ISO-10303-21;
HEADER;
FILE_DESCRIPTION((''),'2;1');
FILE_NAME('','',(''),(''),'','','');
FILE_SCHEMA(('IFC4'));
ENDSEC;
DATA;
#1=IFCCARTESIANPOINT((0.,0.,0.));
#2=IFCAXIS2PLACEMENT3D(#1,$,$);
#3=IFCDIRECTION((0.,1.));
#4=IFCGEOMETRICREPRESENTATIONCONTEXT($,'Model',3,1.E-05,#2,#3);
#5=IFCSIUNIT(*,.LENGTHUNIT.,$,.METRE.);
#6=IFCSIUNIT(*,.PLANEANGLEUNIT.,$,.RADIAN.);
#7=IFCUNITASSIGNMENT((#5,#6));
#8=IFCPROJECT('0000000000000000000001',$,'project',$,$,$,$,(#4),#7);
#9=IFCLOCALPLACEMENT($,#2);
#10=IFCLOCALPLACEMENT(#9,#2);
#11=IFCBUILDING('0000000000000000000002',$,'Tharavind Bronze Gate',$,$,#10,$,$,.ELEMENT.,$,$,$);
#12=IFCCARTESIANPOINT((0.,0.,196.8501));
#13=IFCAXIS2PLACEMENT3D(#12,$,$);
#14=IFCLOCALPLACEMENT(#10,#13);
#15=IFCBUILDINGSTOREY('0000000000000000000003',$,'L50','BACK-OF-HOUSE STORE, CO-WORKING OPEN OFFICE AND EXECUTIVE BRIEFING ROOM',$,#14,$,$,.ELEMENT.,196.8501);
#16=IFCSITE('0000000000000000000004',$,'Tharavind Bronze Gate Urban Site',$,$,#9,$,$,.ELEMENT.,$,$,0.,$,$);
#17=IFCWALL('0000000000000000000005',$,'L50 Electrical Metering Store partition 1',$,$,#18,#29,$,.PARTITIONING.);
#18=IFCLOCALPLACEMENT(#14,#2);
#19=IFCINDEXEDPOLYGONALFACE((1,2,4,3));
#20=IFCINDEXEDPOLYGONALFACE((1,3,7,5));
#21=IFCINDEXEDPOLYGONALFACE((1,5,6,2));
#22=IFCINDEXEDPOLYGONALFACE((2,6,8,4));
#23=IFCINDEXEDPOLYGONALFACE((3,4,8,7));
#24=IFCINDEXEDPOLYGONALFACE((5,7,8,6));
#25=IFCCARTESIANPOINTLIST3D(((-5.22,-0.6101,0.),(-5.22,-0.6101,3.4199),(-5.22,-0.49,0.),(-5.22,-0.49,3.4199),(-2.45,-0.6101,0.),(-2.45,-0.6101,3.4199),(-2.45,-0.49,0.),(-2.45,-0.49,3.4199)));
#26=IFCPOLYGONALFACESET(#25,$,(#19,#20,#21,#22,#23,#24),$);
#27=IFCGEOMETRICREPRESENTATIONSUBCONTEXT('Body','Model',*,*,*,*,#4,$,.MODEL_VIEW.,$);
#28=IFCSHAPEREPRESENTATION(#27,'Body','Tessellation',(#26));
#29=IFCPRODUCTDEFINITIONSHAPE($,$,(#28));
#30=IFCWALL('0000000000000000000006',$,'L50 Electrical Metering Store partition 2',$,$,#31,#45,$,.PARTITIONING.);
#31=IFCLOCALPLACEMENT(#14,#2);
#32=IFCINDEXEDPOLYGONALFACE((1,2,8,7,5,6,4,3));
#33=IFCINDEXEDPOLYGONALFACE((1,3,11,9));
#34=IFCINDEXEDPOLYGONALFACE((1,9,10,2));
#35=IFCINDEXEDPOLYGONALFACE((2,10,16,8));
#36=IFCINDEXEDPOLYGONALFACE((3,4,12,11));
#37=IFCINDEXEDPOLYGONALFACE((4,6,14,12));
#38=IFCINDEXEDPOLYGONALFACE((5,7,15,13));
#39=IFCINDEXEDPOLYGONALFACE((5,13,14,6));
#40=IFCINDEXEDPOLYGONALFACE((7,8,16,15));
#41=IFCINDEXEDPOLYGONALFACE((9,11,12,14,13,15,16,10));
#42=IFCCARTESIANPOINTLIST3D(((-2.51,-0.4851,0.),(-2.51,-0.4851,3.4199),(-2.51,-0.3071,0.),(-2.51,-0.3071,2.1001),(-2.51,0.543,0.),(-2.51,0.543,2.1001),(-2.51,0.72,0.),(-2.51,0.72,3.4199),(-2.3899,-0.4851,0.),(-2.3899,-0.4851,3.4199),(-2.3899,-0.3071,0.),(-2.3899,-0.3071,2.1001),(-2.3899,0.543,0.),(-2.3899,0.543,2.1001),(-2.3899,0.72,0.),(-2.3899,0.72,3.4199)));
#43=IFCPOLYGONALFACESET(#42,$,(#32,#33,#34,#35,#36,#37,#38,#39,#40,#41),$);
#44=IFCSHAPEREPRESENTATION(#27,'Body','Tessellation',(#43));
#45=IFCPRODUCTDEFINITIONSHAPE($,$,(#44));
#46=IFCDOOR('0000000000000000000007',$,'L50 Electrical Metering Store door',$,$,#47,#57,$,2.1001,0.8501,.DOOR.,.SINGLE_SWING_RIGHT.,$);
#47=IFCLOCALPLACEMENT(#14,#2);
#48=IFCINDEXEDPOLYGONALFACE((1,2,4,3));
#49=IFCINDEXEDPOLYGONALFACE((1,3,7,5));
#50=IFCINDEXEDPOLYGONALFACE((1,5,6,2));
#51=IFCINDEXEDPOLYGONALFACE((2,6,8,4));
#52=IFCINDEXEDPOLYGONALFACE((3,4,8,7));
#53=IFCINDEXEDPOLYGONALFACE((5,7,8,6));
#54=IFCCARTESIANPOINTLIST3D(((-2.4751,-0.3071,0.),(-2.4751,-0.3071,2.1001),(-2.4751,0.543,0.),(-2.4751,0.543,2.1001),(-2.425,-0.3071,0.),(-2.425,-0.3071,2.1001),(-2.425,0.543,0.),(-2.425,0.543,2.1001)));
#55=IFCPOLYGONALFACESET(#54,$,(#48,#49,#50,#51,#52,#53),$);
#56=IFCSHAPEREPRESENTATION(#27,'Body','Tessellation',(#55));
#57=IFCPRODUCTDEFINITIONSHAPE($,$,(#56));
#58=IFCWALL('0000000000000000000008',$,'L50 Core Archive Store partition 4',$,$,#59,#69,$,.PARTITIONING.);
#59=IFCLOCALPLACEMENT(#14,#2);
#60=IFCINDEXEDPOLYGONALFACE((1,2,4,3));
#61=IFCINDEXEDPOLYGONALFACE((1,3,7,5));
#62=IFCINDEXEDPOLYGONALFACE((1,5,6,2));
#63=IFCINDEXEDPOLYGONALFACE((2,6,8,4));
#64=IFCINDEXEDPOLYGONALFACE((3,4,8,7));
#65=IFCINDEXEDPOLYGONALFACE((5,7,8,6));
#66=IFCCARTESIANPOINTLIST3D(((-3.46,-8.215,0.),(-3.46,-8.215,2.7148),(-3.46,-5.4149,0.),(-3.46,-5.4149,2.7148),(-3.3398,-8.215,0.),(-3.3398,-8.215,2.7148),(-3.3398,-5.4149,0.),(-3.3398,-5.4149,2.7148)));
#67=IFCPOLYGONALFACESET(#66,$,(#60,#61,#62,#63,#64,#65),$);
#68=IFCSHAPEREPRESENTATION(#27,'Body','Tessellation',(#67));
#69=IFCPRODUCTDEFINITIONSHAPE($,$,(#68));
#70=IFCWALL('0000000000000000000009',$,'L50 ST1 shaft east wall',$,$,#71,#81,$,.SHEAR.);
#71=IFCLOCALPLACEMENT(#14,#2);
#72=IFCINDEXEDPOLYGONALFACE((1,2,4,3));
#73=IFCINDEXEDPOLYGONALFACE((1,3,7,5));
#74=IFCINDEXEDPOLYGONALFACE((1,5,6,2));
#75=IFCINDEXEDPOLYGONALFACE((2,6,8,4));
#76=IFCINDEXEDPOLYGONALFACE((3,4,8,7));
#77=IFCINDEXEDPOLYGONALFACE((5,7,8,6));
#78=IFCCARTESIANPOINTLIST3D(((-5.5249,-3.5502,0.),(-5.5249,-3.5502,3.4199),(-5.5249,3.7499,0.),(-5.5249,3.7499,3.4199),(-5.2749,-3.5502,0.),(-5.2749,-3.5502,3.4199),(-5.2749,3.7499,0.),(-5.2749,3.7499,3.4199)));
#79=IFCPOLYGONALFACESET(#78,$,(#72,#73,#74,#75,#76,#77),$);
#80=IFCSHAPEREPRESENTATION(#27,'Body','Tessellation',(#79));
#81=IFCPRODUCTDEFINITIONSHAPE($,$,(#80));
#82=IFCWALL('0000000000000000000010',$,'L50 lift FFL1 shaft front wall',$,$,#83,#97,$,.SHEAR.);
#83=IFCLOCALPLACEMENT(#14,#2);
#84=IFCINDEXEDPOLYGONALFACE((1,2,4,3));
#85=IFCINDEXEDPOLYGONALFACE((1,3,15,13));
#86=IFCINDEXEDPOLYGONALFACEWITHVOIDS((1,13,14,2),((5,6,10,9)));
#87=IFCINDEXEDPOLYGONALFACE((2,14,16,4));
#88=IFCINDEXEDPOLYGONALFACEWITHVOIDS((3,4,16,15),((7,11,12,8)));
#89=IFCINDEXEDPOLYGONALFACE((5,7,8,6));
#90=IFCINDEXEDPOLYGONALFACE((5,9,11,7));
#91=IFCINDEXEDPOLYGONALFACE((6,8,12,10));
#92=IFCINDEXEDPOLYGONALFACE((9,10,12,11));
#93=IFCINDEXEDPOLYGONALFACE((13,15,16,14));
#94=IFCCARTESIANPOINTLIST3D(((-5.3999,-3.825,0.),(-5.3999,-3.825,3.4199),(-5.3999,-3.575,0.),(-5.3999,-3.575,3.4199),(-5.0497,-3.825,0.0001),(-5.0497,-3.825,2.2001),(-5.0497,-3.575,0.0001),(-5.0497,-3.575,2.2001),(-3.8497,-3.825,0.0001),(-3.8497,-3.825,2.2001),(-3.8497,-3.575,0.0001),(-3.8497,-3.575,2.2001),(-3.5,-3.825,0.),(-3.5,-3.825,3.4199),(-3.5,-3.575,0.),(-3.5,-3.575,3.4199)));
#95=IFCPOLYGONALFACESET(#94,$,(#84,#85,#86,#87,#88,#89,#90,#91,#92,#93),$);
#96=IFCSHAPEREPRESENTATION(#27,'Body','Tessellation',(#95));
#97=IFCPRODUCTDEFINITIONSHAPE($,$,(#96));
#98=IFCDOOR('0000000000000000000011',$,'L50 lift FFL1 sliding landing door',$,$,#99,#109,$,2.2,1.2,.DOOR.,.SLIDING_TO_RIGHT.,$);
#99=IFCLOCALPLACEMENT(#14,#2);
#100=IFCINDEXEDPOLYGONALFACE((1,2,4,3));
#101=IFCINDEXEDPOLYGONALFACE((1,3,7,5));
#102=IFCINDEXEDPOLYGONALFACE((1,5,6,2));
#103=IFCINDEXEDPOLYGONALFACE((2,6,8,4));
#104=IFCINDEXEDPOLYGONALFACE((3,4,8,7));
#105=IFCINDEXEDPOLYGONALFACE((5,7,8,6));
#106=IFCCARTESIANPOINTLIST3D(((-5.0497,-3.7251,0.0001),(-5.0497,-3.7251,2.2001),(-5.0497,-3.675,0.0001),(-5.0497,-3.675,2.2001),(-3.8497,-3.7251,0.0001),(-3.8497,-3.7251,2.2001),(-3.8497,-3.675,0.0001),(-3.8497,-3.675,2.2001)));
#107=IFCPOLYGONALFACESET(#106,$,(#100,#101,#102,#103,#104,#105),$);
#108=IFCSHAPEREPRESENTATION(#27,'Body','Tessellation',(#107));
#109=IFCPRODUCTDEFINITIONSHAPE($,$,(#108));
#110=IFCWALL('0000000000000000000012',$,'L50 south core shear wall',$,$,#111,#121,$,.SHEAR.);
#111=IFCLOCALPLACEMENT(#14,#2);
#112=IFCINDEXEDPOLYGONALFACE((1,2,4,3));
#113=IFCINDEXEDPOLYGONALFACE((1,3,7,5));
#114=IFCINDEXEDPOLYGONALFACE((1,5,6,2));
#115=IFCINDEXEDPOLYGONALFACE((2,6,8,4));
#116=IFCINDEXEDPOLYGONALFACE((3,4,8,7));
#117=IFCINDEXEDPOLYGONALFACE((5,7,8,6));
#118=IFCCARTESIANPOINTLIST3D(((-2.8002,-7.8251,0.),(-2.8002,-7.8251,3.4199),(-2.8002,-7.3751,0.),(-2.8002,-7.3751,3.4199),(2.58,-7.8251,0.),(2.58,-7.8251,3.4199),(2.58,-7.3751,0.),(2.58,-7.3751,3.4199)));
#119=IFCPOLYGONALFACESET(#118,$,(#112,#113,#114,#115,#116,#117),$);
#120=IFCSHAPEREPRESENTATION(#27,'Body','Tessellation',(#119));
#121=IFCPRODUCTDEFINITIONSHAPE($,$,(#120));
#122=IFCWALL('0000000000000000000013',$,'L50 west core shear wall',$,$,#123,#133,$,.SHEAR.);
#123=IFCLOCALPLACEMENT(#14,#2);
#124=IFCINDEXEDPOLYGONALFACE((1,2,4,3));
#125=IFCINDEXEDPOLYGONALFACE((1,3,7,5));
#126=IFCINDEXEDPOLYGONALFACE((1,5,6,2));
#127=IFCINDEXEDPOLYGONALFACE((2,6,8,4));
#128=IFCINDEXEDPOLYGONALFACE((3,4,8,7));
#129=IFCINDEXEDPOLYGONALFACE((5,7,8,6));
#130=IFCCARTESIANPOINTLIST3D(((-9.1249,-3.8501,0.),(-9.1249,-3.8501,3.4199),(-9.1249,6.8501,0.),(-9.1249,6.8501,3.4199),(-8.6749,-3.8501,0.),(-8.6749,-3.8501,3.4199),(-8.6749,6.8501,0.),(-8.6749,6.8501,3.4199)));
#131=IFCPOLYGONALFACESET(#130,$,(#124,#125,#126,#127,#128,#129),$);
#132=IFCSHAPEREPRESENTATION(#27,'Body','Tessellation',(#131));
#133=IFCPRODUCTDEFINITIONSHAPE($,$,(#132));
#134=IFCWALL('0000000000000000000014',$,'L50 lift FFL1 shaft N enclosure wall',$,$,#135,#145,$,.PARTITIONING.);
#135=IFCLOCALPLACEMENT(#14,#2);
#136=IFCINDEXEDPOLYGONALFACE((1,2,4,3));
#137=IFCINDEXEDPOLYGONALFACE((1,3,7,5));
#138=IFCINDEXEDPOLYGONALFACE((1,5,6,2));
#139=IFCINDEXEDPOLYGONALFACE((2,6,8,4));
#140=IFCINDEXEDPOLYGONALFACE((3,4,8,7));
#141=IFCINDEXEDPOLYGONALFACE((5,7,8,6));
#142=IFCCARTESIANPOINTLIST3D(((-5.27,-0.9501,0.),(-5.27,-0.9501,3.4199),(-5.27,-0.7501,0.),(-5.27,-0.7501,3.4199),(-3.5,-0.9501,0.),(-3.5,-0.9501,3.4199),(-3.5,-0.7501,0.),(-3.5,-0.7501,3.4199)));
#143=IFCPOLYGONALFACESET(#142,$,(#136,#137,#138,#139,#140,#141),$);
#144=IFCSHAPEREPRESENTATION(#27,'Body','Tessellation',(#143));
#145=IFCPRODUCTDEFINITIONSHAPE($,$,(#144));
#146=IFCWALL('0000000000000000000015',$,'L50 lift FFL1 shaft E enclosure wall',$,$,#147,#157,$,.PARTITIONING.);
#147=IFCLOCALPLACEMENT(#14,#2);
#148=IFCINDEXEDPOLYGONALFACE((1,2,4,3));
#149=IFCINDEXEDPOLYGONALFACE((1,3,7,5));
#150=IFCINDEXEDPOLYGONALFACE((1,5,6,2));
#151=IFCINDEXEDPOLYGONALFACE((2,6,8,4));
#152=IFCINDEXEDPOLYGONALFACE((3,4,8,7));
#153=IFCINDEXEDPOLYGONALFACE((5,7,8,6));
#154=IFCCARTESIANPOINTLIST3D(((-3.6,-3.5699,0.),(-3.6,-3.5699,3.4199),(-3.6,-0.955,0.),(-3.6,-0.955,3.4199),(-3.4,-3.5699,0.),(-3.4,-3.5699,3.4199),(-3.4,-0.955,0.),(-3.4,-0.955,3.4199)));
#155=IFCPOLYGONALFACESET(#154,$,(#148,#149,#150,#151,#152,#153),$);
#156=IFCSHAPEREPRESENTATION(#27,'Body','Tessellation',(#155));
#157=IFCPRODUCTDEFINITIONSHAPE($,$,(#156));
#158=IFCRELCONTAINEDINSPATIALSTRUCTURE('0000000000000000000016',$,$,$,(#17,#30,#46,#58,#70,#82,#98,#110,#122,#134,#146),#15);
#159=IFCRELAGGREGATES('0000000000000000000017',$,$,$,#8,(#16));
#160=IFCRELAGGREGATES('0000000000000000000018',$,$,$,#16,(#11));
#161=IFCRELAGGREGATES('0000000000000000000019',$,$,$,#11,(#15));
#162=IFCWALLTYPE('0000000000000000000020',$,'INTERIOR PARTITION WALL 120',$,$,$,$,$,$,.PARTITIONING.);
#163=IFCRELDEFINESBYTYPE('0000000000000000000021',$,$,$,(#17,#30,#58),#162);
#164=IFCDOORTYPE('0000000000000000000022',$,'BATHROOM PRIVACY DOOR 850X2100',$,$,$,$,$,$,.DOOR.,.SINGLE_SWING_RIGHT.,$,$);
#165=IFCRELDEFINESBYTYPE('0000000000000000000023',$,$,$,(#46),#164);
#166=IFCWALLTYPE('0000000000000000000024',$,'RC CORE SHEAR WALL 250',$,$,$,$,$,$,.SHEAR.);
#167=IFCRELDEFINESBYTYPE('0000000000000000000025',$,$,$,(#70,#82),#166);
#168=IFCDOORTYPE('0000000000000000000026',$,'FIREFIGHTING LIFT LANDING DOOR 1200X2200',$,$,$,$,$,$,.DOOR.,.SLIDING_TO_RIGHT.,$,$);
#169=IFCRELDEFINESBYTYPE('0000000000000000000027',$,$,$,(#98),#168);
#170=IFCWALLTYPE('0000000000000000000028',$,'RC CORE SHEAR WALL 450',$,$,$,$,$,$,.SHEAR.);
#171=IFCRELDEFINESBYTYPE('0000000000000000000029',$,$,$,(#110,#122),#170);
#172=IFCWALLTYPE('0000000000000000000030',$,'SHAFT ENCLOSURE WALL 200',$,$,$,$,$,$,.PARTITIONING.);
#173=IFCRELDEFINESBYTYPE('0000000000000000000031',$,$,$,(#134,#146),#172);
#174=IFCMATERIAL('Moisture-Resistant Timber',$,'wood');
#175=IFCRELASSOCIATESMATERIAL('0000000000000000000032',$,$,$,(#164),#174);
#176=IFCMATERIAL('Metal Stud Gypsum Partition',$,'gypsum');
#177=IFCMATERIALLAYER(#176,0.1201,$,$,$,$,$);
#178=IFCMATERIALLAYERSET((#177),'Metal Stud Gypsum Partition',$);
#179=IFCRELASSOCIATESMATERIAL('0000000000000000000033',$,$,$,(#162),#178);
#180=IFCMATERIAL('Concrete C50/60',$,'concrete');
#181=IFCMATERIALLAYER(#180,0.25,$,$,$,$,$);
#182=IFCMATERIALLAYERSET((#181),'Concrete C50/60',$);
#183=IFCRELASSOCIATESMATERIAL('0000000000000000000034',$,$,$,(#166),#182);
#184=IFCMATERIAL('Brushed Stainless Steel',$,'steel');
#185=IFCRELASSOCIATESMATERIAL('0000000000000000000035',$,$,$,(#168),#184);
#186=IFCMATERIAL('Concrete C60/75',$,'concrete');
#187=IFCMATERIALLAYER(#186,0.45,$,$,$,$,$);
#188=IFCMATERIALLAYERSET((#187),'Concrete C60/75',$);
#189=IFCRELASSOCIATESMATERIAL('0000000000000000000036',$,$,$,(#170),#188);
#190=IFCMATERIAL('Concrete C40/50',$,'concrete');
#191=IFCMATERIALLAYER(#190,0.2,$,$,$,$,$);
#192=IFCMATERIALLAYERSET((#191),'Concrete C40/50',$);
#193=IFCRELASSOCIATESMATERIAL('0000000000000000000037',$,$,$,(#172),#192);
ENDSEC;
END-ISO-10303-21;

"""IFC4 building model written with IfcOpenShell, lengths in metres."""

from ifc_helpers import new_model, si_unit, direction, frame, frame_2d, origin, place, context, subcontext, project, spatial, rectangle, extrude, material, layer, layer_set, type_object, element, fill, save


model = new_model("IFC4")

# Units and contexts
model_context = context("Model", 3, precision=1e-05, world=origin(), true_north=direction((0.0, 1.0)))
body_context = subcontext(model_context, "Body", "Model", "MODEL_VIEW")
ifc_project = project(units=[si_unit("LENGTHUNIT", "METRE"), si_unit("PLANEANGLEUNIT", "RADIAN")], contexts=[model_context])

# Site, building, storey
site_placement = place(None, origin())
site = spatial("IfcSite", under=ifc_project, at=site_placement, Name="Tharavind Bronze Gate Urban Site", CompositionType="ELEMENT", RefElevation=0.0)
building_placement = place(site_placement, origin())
building = spatial("IfcBuilding", under=site, at=building_placement, Name="Tharavind Bronze Gate", CompositionType="ELEMENT")
storey_placement = place(building_placement, frame((0.0, 0.0, 196.8501)))
storey = spatial("IfcBuildingStorey", under=building, at=storey_placement, Name="L50", Description="BACK-OF-HOUSE STORE, CO-WORKING OPEN OFFICE AND EXECUTIVE BRIEFING ROOM", CompositionType="ELEMENT", Elevation=196.8501)

# Shared definitions
ifc_material_1 = material(Name="Concrete C60/75", Category="concrete")

# Shared definitions
ifc_material_2 = material(Name="Moisture-Resistant Timber", Category="wood")
door_type_1 = type_object("IfcDoorType", Name="BATHROOM PRIVACY DOOR 850X2100", OperationType="SINGLE_SWING_RIGHT", PredefinedType="DOOR", material=ifc_material_2)

# Wall
ifc_material_3 = material(Name="Metal Stud Gypsum Partition", Category="gypsum")
ifc_layer_1 = layer(ifc_material_3, 0.1201)
ifc_layer_set_1 = layer_set([ifc_layer_1], Name="Metal Stud Gypsum Partition")
wall_type_1 = type_object("IfcWallType", Name="INTERIOR PARTITION WALL 120", PredefinedType="PARTITIONING", material=ifc_layer_set_1)
wall_1_placement = place(storey_placement, frame((-5.22, -0.55, 0.0), z_axis=(0.0, 0.0, 1.0), x_axis=(1.0, 0.0, 0.0)))
element("IfcWall", 1, at=wall_1_placement, inside=storey, type_object=wall_type_1, Name="L50 Electrical Metering Store partition 1", PredefinedType="PARTITIONING", context=body_context, shape_type="SweptSolid", body=[
    extrude(rectangle(XDim=2.77, YDim=0.1201, at=frame_2d((1.385, 0.0))), origin(), (0.0, 0.0, 1.0), 3.4199),
])

# Wall, opening, door
wall_2_placement = place(storey_placement, frame((-2.45, -0.4851, 0.0), z_axis=(0.0, 0.0, 1.0), x_axis=(0.0, 1.0, 0.0)))
wall_2 = element("IfcWall", 2, at=wall_2_placement, inside=storey, type_object=wall_type_1, Name="L50 Electrical Metering Store partition 2", PredefinedType="PARTITIONING", context=body_context, shape_type="SweptSolid", body=[
    extrude(rectangle(XDim=1.2051, YDim=0.1201, at=frame_2d((0.6025, 0.0))), origin(), (0.0, 0.0, 1.0), 3.4199),
])
opening_1_placement = place(wall_2_placement, frame((0.178, 0.0, 0.0)))
opening_1 = element("IfcOpeningElement", 3, at=opening_1_placement, cuts=wall_2, PredefinedType="OPENING", context=body_context, shape_type="SweptSolid", body=[
    extrude(rectangle(XDim=0.8501, YDim=2.1001, at=frame_2d((0.425, 1.05))), frame((0.0, 0.0701, 0.0), z_axis=(0.0, -1.0, 0.0), x_axis=(1.0, 0.0, 0.0)), (0.0, 0.0, 1.0), 0.1401),
])
door_1_placement = place(opening_1_placement, frame((0.8501, 0.0, 0.0), z_axis=(0.0, 0.0, 1.0), x_axis=(-1.0, 0.0, 0.0)))
door_1 = element("IfcDoor", 4, at=door_1_placement, inside=storey, type_object=door_type_1, Name="L50 Electrical Metering Store door", OperationType="SINGLE_SWING_RIGHT", OverallHeight=2.1001, OverallWidth=0.8501, PredefinedType="DOOR", context=body_context, shape_type="SweptSolid", body=[
    extrude(rectangle(XDim=0.8501, YDim=2.1001, at=frame_2d((0.425, 1.05))), frame((0.0, 0.0249, 0.0), z_axis=(0.0, -1.0, 0.0), x_axis=(1.0, 0.0, 0.0)), (0.0, 0.0, 1.0), 0.05),
])
fill(opening_1, door_1)

# Walls
wall_3_placement = place(storey_placement, frame((-3.3999, -5.415, 0.0), z_axis=(0.0, 0.0, 1.0), x_axis=(0.0, -1.0, 0.0)))
element("IfcWall", 5, at=wall_3_placement, inside=storey, type_object=wall_type_1, Name="L50 Core Archive Store partition 4", PredefinedType="PARTITIONING", context=body_context, shape_type="SweptSolid", body=[
    extrude(rectangle(XDim=2.8, YDim=0.1201, at=frame_2d((1.3999, 0.0))), origin(), (0.0, 0.0, 1.0), 2.7148),
])
ifc_material_4 = material(Name="Concrete C50/60", Category="concrete")
ifc_layer_2 = layer(ifc_material_4, 0.25)
ifc_layer_set_2 = layer_set([ifc_layer_2], Name="Concrete C50/60")
wall_type_2 = type_object("IfcWallType", Name="RC CORE SHEAR WALL 250", PredefinedType="SHEAR", material=ifc_layer_set_2)
wall_4_placement = place(storey_placement, frame((-5.3999, -3.55, 0.0), z_axis=(0.0, 0.0, 1.0), x_axis=(0.0, 1.0, 0.0)))
element("IfcWall", 6, at=wall_4_placement, inside=storey, type_object=wall_type_2, Name="L50 ST1 shaft east wall", PredefinedType="SHEAR", context=body_context, shape_type="SweptSolid", body=[
    extrude(rectangle(XDim=7.3, YDim=0.25, at=frame_2d((3.6499, 0.0))), origin(), (0.0, 0.0, 1.0), 3.4199),
])

# Wall, opening, door
wall_5_placement = place(storey_placement, frame((-5.3999, -3.7, 0.0), z_axis=(0.0, 0.0, 1.0), x_axis=(1.0, 0.0, 0.0)))
wall_5 = element("IfcWall", 7, at=wall_5_placement, inside=storey, type_object=wall_type_2, Name="L50 lift FFL1 shaft front wall", PredefinedType="SHEAR", context=body_context, shape_type="SweptSolid", body=[
    extrude(rectangle(XDim=1.8999, YDim=0.25, at=frame_2d((0.95, 0.0))), origin(), (0.0, 0.0, 1.0), 3.4199),
])
opening_2_placement = place(wall_5_placement, frame((0.3501, 0.0, 0.0)))
opening_2 = element("IfcOpeningElement", 8, at=opening_2_placement, cuts=wall_5, PredefinedType="OPENING", context=body_context, shape_type="SweptSolid", body=[
    extrude(rectangle(XDim=1.2, YDim=2.2, at=frame_2d((0.6001, 1.1001))), frame((0.0, 0.135, 0.0), z_axis=(0.0, -1.0, 0.0), x_axis=(1.0, 0.0, 0.0)), (0.0, 0.0, 1.0), 0.27),
])
ifc_material_5 = material(Name="Brushed Stainless Steel", Category="steel")
door_type_2 = type_object("IfcDoorType", Name="FIREFIGHTING LIFT LANDING DOOR 1200X2200", OperationType="SLIDING_TO_RIGHT", PredefinedType="DOOR", material=ifc_material_5)
door_2_placement = place(opening_2_placement, origin())
door_2 = element("IfcDoor", 9, at=door_2_placement, inside=storey, type_object=door_type_2, Name="L50 lift FFL1 sliding landing door", OperationType="SLIDING_TO_RIGHT", OverallHeight=2.2, OverallWidth=1.2, PredefinedType="DOOR", context=body_context, shape_type="SweptSolid", body=[
    extrude(rectangle(XDim=1.2, YDim=2.2, at=frame_2d((0.6001, 1.1001))), frame((0.0, 0.0249, 0.0), z_axis=(0.0, -1.0, 0.0), x_axis=(1.0, 0.0, 0.0)), (0.0, 0.0, 1.0), 0.05),
])
fill(opening_2, door_2)

# Walls
ifc_layer_3 = layer(ifc_material_1, 0.45)
ifc_layer_set_3 = layer_set([ifc_layer_3], Name="Concrete C60/75")
wall_type_3 = type_object("IfcWallType", Name="RC CORE SHEAR WALL 450", PredefinedType="SHEAR", material=ifc_layer_set_3)
wall_6_placement = place(storey_placement, frame((-2.8, -7.6001, 0.0), z_axis=(0.0, 0.0, 1.0), x_axis=(1.0, 0.0, 0.0)))
element("IfcWall", 10, at=wall_6_placement, inside=storey, type_object=wall_type_3, Name="L50 south core shear wall", PredefinedType="SHEAR", context=body_context, shape_type="SweptSolid", body=[
    extrude(rectangle(XDim=5.3801, YDim=0.45, at=frame_2d((2.6899, 0.0))), origin(), (0.0, 0.0, 1.0), 3.4199),
])
wall_7_placement = place(storey_placement, frame((-8.8999, -3.8501, 0.0), z_axis=(0.0, 0.0, 1.0), x_axis=(0.0, 1.0, 0.0)))
element("IfcWall", 11, at=wall_7_placement, inside=storey, type_object=wall_type_3, Name="L50 west core shear wall", PredefinedType="SHEAR", context=body_context, shape_type="SweptSolid", body=[
    extrude(rectangle(XDim=10.7002, YDim=0.45, at=frame_2d((5.3501, 0.0))), origin(), (0.0, 0.0, 1.0), 3.4199),
])
ifc_material_6 = material(Name="Concrete C40/50", Category="concrete")
ifc_layer_4 = layer(ifc_material_6, 0.2)
ifc_layer_set_4 = layer_set([ifc_layer_4], Name="Concrete C40/50")
wall_type_4 = type_object("IfcWallType", Name="SHAFT ENCLOSURE WALL 200", PredefinedType="PARTITIONING", material=ifc_layer_set_4)
wall_8_placement = place(storey_placement, frame((-5.27, -0.8501, 0.0), z_axis=(0.0, 0.0, 1.0), x_axis=(1.0, 0.0, 0.0)))
element("IfcWall", 12, at=wall_8_placement, inside=storey, type_object=wall_type_4, Name="L50 lift FFL1 shaft N enclosure wall", PredefinedType="PARTITIONING", context=body_context, shape_type="SweptSolid", body=[
    extrude(rectangle(XDim=1.77, YDim=0.2, at=frame_2d((0.885, 0.0))), origin(), (0.0, 0.0, 1.0), 3.4199),
])
wall_9_placement = place(storey_placement, frame((-3.5, -3.5701, 0.0), z_axis=(0.0, 0.0, 1.0), x_axis=(0.0, 1.0, 0.0)))
element("IfcWall", 13, at=wall_9_placement, inside=storey, type_object=wall_type_4, Name="L50 lift FFL1 shaft E enclosure wall", PredefinedType="PARTITIONING", context=body_context, shape_type="SweptSolid", body=[
    extrude(rectangle(XDim=2.615, YDim=0.2, at=frame_2d((1.3076, 0.0))), origin(), (0.0, 0.0, 1.0), 3.4199),
])

save(model, "model.ifc")
